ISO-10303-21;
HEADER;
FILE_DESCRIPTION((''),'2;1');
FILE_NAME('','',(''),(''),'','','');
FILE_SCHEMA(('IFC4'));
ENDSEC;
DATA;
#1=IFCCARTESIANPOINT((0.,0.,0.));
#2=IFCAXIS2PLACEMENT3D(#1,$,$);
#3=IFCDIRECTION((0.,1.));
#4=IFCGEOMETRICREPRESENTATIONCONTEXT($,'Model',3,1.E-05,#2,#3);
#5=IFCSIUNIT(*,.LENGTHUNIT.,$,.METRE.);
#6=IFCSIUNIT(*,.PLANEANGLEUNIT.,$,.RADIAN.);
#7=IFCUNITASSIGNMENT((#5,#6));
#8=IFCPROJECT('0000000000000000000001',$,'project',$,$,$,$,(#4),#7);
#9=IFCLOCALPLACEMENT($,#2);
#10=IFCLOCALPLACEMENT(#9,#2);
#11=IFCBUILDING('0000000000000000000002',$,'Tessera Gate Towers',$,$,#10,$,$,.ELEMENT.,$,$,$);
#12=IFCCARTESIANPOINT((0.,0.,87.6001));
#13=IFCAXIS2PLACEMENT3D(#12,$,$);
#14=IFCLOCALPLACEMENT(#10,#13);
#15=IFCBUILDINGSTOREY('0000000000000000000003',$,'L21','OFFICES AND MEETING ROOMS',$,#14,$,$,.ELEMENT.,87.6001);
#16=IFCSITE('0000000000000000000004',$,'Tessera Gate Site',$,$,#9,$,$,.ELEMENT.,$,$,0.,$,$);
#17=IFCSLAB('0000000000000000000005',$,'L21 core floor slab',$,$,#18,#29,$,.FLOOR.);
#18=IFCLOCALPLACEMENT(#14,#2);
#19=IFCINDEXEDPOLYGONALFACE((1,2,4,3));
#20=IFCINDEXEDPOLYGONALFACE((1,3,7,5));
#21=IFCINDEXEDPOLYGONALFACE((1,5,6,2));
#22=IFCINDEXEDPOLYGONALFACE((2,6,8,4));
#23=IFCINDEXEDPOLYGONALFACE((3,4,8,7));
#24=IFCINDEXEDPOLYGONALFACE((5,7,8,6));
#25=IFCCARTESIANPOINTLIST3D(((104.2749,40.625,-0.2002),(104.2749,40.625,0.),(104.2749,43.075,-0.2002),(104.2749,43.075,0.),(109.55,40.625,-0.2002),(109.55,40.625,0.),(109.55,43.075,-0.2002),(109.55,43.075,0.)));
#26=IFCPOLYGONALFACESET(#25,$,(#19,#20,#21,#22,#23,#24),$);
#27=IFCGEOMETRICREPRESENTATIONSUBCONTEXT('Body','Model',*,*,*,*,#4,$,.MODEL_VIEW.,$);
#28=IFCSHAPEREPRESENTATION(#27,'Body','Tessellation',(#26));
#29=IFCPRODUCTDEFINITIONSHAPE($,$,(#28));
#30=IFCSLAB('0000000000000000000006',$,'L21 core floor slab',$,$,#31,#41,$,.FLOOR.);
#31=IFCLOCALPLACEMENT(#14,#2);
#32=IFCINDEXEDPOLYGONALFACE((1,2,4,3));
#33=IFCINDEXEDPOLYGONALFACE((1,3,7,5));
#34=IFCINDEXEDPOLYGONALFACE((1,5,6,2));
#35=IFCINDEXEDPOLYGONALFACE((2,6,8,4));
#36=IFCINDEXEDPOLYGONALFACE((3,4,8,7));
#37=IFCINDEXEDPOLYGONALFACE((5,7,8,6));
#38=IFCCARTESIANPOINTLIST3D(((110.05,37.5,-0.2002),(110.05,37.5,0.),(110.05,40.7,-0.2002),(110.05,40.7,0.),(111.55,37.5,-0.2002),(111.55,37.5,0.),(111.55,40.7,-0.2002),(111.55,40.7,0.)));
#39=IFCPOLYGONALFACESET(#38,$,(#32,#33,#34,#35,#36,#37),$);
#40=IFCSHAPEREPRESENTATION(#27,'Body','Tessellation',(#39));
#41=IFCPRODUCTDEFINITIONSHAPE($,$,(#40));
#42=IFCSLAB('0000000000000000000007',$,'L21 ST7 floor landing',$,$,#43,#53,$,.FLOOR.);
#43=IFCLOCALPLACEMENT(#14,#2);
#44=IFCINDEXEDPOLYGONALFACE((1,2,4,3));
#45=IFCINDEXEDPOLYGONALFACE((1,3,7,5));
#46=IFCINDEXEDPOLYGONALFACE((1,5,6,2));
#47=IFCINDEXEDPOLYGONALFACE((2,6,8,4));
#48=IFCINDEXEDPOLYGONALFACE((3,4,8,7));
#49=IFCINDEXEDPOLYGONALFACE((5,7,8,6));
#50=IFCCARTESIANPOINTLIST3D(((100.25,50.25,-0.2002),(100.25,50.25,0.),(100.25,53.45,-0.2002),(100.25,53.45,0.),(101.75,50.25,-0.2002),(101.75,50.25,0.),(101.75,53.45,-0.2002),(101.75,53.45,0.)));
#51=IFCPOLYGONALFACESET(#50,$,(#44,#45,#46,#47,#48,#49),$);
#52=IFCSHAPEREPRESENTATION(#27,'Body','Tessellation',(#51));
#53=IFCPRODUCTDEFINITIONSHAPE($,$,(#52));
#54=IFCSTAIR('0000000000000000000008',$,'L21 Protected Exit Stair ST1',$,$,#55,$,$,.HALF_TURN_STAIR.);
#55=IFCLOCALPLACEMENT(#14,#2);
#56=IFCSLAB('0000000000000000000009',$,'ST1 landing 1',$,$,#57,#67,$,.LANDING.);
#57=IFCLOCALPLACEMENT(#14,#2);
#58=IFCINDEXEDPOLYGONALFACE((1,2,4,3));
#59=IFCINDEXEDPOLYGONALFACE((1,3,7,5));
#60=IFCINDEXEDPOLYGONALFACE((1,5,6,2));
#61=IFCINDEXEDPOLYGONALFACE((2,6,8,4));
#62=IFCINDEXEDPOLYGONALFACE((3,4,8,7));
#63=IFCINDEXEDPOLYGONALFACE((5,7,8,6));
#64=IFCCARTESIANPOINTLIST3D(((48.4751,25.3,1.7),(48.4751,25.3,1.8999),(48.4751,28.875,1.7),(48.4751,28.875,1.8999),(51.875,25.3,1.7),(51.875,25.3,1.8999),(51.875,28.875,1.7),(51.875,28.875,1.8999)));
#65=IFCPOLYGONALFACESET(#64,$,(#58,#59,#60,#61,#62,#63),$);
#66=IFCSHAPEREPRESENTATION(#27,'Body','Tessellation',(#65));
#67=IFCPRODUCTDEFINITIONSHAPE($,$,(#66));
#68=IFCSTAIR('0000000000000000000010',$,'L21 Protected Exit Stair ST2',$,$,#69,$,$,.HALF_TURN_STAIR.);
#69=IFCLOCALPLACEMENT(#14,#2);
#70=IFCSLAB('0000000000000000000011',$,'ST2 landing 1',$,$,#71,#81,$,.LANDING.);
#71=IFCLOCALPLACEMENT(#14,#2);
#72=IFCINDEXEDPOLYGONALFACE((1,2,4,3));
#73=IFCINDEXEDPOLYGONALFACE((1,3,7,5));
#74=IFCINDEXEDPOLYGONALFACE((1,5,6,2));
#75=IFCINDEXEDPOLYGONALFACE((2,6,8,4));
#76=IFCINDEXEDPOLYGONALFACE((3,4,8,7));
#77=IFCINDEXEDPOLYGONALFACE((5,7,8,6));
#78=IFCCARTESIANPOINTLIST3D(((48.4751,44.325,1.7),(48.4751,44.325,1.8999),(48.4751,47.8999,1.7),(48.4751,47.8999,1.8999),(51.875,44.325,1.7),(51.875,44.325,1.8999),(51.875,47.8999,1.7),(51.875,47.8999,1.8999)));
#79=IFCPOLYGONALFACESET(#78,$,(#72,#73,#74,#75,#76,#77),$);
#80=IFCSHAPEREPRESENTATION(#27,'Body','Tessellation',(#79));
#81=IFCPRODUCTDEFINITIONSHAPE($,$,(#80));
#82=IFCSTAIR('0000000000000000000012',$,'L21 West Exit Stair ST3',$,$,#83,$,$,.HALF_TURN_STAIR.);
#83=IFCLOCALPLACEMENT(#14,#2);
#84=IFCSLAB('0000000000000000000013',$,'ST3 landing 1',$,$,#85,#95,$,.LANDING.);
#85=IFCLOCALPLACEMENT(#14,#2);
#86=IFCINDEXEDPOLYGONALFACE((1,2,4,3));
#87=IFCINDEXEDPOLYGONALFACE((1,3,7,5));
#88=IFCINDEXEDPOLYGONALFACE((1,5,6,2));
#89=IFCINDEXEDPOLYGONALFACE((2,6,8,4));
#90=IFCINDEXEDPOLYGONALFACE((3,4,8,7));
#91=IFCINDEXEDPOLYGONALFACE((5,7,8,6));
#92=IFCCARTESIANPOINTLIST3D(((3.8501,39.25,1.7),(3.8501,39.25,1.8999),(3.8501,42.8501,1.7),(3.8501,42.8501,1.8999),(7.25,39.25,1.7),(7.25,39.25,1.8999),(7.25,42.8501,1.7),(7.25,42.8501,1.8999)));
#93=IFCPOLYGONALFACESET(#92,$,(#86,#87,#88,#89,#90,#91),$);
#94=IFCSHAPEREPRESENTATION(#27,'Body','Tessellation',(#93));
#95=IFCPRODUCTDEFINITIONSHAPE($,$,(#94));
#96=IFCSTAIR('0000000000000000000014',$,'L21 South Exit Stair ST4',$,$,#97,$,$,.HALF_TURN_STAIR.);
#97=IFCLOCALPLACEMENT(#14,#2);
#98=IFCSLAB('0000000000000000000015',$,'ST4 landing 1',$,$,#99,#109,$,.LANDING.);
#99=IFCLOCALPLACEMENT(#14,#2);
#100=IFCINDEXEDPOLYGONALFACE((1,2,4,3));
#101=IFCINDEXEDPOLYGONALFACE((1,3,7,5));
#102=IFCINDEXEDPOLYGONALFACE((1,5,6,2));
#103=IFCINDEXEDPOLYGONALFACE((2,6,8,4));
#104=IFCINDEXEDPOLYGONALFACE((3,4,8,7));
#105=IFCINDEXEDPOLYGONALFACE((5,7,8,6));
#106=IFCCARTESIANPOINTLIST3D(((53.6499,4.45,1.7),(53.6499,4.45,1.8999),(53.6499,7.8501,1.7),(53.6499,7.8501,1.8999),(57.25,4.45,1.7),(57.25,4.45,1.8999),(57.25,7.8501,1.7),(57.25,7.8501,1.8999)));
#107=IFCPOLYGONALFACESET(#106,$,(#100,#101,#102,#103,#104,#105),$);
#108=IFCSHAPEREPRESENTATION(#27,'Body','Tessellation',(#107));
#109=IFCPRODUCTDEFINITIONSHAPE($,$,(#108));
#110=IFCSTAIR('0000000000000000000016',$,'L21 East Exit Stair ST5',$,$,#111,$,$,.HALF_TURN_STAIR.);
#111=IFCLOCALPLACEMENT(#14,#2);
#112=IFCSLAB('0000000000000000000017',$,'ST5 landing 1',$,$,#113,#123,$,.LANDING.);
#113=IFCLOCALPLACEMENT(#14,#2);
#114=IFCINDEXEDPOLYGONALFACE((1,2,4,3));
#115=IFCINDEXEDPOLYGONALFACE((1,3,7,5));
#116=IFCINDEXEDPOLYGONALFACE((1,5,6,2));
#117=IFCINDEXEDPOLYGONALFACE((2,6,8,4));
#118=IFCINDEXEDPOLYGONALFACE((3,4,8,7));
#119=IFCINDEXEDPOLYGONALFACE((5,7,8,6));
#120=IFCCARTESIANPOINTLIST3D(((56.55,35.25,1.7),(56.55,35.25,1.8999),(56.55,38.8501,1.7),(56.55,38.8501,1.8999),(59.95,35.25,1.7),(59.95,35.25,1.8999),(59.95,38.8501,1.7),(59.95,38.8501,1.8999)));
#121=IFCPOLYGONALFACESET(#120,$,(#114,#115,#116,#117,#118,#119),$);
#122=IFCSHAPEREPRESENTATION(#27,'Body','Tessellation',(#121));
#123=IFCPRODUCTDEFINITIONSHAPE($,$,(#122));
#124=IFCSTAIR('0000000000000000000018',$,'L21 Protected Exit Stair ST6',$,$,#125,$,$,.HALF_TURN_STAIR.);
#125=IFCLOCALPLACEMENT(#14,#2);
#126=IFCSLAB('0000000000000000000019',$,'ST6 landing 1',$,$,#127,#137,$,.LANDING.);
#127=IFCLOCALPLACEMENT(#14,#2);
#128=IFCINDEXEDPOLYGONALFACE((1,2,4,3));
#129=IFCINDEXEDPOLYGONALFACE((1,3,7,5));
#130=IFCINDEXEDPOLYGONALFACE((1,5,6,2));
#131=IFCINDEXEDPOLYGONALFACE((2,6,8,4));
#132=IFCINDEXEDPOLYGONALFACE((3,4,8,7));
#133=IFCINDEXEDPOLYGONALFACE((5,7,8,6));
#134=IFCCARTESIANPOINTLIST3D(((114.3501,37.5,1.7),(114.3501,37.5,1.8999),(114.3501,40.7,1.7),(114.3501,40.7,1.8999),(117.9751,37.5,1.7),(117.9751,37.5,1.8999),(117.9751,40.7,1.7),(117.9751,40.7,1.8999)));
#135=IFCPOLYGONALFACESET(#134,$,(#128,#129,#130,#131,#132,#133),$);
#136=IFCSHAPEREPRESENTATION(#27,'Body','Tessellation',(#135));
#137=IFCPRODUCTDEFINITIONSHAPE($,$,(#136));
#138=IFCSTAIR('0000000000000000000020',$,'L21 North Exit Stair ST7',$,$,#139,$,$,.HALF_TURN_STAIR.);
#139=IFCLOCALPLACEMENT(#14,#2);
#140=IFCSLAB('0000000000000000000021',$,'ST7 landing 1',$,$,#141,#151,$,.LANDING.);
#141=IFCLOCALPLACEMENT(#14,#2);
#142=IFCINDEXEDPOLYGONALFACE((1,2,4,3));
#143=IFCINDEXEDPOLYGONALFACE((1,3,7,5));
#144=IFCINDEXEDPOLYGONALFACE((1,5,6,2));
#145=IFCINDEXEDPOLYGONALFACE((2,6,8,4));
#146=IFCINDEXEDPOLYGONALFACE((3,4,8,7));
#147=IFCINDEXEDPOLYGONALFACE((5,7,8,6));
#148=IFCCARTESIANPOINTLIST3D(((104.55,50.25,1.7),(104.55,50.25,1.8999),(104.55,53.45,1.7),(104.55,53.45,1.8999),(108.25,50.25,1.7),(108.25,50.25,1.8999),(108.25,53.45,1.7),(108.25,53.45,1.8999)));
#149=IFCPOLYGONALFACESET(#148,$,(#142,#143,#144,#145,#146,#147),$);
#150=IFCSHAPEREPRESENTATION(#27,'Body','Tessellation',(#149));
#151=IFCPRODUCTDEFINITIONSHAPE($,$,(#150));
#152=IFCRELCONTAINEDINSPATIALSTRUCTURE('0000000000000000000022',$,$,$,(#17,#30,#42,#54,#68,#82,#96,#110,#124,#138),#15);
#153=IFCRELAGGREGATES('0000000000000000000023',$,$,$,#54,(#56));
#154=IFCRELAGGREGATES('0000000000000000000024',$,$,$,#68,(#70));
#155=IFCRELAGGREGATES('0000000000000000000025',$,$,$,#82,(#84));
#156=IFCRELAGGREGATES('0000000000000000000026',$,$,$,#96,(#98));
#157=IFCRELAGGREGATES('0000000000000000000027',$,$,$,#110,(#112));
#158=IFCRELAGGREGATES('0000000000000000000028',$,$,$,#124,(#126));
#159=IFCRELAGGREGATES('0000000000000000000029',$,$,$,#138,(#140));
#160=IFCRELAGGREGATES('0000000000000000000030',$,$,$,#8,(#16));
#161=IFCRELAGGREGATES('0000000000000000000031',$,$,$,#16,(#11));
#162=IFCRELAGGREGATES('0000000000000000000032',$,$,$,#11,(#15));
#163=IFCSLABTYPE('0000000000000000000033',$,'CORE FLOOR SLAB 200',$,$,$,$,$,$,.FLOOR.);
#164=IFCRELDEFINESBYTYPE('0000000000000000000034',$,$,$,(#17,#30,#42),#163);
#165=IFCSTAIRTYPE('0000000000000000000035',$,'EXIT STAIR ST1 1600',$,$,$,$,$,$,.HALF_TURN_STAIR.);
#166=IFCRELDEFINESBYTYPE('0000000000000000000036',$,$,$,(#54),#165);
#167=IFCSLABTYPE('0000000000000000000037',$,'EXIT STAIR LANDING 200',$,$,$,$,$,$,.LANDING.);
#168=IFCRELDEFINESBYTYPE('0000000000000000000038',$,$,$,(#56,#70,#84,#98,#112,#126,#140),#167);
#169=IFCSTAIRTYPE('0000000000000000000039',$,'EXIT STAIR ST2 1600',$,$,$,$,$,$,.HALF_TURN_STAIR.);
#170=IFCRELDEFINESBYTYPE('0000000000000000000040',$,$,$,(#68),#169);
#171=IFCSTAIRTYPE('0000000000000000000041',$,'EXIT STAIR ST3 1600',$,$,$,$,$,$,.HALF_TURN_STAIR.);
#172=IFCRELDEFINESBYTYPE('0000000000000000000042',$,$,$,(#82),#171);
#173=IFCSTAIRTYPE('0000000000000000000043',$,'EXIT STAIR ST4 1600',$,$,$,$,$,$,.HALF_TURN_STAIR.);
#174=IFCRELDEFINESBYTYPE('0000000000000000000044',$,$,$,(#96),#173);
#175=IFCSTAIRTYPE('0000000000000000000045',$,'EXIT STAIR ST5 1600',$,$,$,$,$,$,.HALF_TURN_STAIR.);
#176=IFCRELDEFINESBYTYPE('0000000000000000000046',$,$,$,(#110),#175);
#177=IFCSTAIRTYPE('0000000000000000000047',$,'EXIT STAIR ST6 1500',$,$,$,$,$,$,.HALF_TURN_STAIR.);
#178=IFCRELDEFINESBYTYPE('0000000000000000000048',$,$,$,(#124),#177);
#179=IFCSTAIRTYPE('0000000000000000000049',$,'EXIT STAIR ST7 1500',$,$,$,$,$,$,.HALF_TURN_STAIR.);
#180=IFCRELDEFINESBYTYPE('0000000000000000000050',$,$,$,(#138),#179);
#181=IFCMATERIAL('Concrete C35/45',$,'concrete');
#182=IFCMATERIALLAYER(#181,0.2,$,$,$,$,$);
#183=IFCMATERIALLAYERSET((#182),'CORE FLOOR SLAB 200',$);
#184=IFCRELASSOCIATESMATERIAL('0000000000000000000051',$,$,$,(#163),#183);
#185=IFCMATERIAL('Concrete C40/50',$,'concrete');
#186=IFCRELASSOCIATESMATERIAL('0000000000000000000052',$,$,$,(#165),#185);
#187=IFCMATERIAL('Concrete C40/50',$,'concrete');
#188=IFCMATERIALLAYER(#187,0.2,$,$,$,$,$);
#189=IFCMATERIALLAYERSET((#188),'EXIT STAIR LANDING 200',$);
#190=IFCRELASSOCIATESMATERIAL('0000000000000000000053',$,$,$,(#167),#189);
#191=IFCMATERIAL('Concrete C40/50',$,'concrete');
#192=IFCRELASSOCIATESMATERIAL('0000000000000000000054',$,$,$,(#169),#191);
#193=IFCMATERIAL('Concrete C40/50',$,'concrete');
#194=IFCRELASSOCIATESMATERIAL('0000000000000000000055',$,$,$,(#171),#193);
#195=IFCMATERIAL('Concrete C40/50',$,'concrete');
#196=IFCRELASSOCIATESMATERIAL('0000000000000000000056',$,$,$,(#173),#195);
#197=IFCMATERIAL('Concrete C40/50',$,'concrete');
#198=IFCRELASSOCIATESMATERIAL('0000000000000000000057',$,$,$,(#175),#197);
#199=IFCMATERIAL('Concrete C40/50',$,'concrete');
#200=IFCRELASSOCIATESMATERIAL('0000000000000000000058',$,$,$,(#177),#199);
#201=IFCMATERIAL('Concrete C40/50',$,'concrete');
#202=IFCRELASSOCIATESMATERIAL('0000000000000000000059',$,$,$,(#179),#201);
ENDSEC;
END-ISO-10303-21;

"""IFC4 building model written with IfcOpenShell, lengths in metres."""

from ifc_helpers import new_model, si_unit, direction, frame, origin, place, context, subcontext, project, spatial, polyline, outline, extrude, material, layer, layer_set, type_object, element, aggregate, save


model = new_model("IFC4")

# Units and contexts
model_context = context("Model", 3, precision=1e-05, world=origin(), true_north=direction((0.0, 1.0)))
body_context = subcontext(model_context, "Body", "Model", "MODEL_VIEW")
ifc_project = project(units=[si_unit("LENGTHUNIT", "METRE"), si_unit("PLANEANGLEUNIT", "RADIAN")], contexts=[model_context])

# Site, building, storey
site_placement = place(None, origin())
site = spatial("IfcSite", under=ifc_project, at=site_placement, Name="Tessera Gate Site", CompositionType="ELEMENT", RefElevation=0.0)
building_placement = place(site_placement, origin())
building = spatial("IfcBuilding", under=site, at=building_placement, Name="Tessera Gate Towers", CompositionType="ELEMENT")
storey_placement = place(building_placement, frame((0.0, 0.0, 87.6001)))
storey = spatial("IfcBuildingStorey", under=building, at=storey_placement, Name="L21", Description="OFFICES AND MEETING ROOMS", CompositionType="ELEMENT", Elevation=87.6001)

# Slabs
ifc_material_1 = material(Name="Concrete C35/45", Category="concrete")
ifc_layer_1 = layer(ifc_material_1, 0.2)
ifc_layer_set_1 = layer_set([ifc_layer_1], Name="CORE FLOOR SLAB 200")
slab_type_1 = type_object("IfcSlabType", Name="CORE FLOOR SLAB 200", PredefinedType="FLOOR", material=ifc_layer_set_1)
slab_1_placement = place(storey_placement, frame((0.0, 0.0, -0.2002)))
element("IfcSlab", 1, at=slab_1_placement, inside=storey, type_object=slab_type_1, Name="L21 core floor slab", PredefinedType="FLOOR", context=body_context, shape_type="SweptSolid", body=[
    extrude(outline(polyline([(109.55, 43.075), (104.2749, 43.075), (104.2749, 40.625), (109.55, 40.625), (109.55, 43.075)])), origin(), (0.0, 0.0, 1.0), 0.2002),
])
slab_2_placement = place(storey_placement, frame((0.0, 0.0, -0.2002)))
element("IfcSlab", 2, at=slab_2_placement, inside=storey, type_object=slab_type_1, Name="L21 core floor slab", PredefinedType="FLOOR", context=body_context, shape_type="SweptSolid", body=[
    extrude(outline(polyline([(111.55, 37.5), (111.55, 40.7), (110.05, 40.7), (110.05, 37.5), (111.55, 37.5)])), origin(), (0.0, 0.0, 1.0), 0.2002),
])
slab_3_placement = place(storey_placement, frame((0.0, 0.0, -0.2002)))
element("IfcSlab", 3, at=slab_3_placement, inside=storey, type_object=slab_type_1, Name="L21 ST7 floor landing", PredefinedType="FLOOR", context=body_context, shape_type="SweptSolid", body=[
    extrude(outline(polyline([(100.25, 50.25), (101.75, 50.25), (101.75, 53.45), (100.25, 53.45), (100.25, 50.25)])), origin(), (0.0, 0.0, 1.0), 0.2002),
])

# Stairs, slabs
ifc_material_2 = material(Name="Concrete C40/50", Category="concrete")
stair_type_1 = type_object("IfcStairType", Name="EXIT STAIR ST1 1600", PredefinedType="HALF_TURN_STAIR", material=ifc_material_2)
stair_1_placement = place(storey_placement, origin())
stair_1 = element("IfcStair", 4, at=stair_1_placement, inside=storey, type_object=stair_type_1, Name="L21 Protected Exit Stair ST1", PredefinedType="HALF_TURN_STAIR")
ifc_material_3 = material(Name="Concrete C40/50", Category="concrete")
ifc_layer_2 = layer(ifc_material_3, 0.2)
ifc_layer_set_2 = layer_set([ifc_layer_2], Name="EXIT STAIR LANDING 200")
slab_type_2 = type_object("IfcSlabType", Name="EXIT STAIR LANDING 200", PredefinedType="LANDING", material=ifc_layer_set_2)
slab_4_placement = place(storey_placement, frame((0.0, 0.0, 1.7)))
slab_4 = element("IfcSlab", 5, at=slab_4_placement, type_object=slab_type_2, Name="ST1 landing 1", PredefinedType="LANDING", context=body_context, shape_type="SweptSolid", body=[
    extrude(outline(polyline([(48.4751, 28.875), (48.4751, 25.3), (51.875, 25.3), (51.875, 28.875), (48.4751, 28.875)])), origin(), (0.0, 0.0, 1.0), 0.2),
])
aggregate(stair_1, [slab_4])
ifc_material_4 = material(Name="Concrete C40/50", Category="concrete")
stair_type_2 = type_object("IfcStairType", Name="EXIT STAIR ST2 1600", PredefinedType="HALF_TURN_STAIR", material=ifc_material_4)
stair_2_placement = place(storey_placement, origin())
stair_2 = element("IfcStair", 6, at=stair_2_placement, inside=storey, type_object=stair_type_2, Name="L21 Protected Exit Stair ST2", PredefinedType="HALF_TURN_STAIR")
slab_5_placement = place(storey_placement, frame((0.0, 0.0, 1.7)))
slab_5 = element("IfcSlab", 7, at=slab_5_placement, type_object=slab_type_2, Name="ST2 landing 1", PredefinedType="LANDING", context=body_context, shape_type="SweptSolid", body=[
    extrude(outline(polyline([(51.875, 44.325), (51.875, 47.8999), (48.4751, 47.8999), (48.4751, 44.325), (51.875, 44.325)])), origin(), (0.0, 0.0, 1.0), 0.2),
])
aggregate(stair_2, [slab_5])
ifc_material_5 = material(Name="Concrete C40/50", Category="concrete")
stair_type_3 = type_object("IfcStairType", Name="EXIT STAIR ST3 1600", PredefinedType="HALF_TURN_STAIR", material=ifc_material_5)
stair_3_placement = place(storey_placement, origin())
stair_3 = element("IfcStair", 8, at=stair_3_placement, inside=storey, type_object=stair_type_3, Name="L21 West Exit Stair ST3", PredefinedType="HALF_TURN_STAIR")
slab_6_placement = place(storey_placement, frame((0.0, 0.0, 1.7)))
slab_6 = element("IfcSlab", 9, at=slab_6_placement, type_object=slab_type_2, Name="ST3 landing 1", PredefinedType="LANDING", context=body_context, shape_type="SweptSolid", body=[
    extrude(outline(polyline([(3.8501, 42.8501), (3.8501, 39.25), (7.25, 39.25), (7.25, 42.8501), (3.8501, 42.8501)])), origin(), (0.0, 0.0, 1.0), 0.2),
])
aggregate(stair_3, [slab_6])
ifc_material_6 = material(Name="Concrete C40/50", Category="concrete")
stair_type_4 = type_object("IfcStairType", Name="EXIT STAIR ST4 1600", PredefinedType="HALF_TURN_STAIR", material=ifc_material_6)
stair_4_placement = place(storey_placement, origin())
stair_4 = element("IfcStair", 10, at=stair_4_placement, inside=storey, type_object=stair_type_4, Name="L21 South Exit Stair ST4", PredefinedType="HALF_TURN_STAIR")
slab_7_placement = place(storey_placement, frame((0.0, 0.0, 1.7)))
slab_7 = element("IfcSlab", 11, at=slab_7_placement, type_object=slab_type_2, Name="ST4 landing 1", PredefinedType="LANDING", context=body_context, shape_type="SweptSolid", body=[
    extrude(outline(polyline([(53.6499, 4.45), (57.25, 4.45), (57.25, 7.8501), (53.6499, 7.8501), (53.6499, 4.45)])), origin(), (0.0, 0.0, 1.0), 0.2),
])
aggregate(stair_4, [slab_7])
ifc_material_7 = material(Name="Concrete C40/50", Category="concrete")
stair_type_5 = type_object("IfcStairType", Name="EXIT STAIR ST5 1600", PredefinedType="HALF_TURN_STAIR", material=ifc_material_7)
stair_5_placement = place(storey_placement, origin())
stair_5 = element("IfcStair", 12, at=stair_5_placement, inside=storey, type_object=stair_type_5, Name="L21 East Exit Stair ST5", PredefinedType="HALF_TURN_STAIR")
slab_8_placement = place(storey_placement, frame((0.0, 0.0, 1.7)))
slab_8 = element("IfcSlab", 13, at=slab_8_placement, type_object=slab_type_2, Name="ST5 landing 1", PredefinedType="LANDING", context=body_context, shape_type="SweptSolid", body=[
    extrude(outline(polyline([(59.95, 35.25), (59.95, 38.8501), (56.55, 38.8501), (56.55, 35.25), (59.95, 35.25)])), origin(), (0.0, 0.0, 1.0), 0.2),
])
aggregate(stair_5, [slab_8])
ifc_material_8 = material(Name="Concrete C40/50", Category="concrete")
stair_type_6 = type_object("IfcStairType", Name="EXIT STAIR ST6 1500", PredefinedType="HALF_TURN_STAIR", material=ifc_material_8)
stair_6_placement = place(storey_placement, origin())
stair_6 = element("IfcStair", 14, at=stair_6_placement, inside=storey, type_object=stair_type_6, Name="L21 Protected Exit Stair ST6", PredefinedType="HALF_TURN_STAIR")
slab_9_placement = place(storey_placement, frame((0.0, 0.0, 1.7)))
slab_9 = element("IfcSlab", 15, at=slab_9_placement, type_object=slab_type_2, Name="ST6 landing 1", PredefinedType="LANDING", context=body_context, shape_type="SweptSolid", body=[
    extrude(outline(polyline([(114.3501, 37.5), (117.9751, 37.5), (117.9751, 40.7), (114.3501, 40.7), (114.3501, 37.5)])), origin(), (0.0, 0.0, 1.0), 0.2),
])
aggregate(stair_6, [slab_9])
ifc_material_9 = material(Name="Concrete C40/50", Category="concrete")
stair_type_7 = type_object("IfcStairType", Name="EXIT STAIR ST7 1500", PredefinedType="HALF_TURN_STAIR", material=ifc_material_9)
stair_7_placement = place(storey_placement, origin())
stair_7 = element("IfcStair", 16, at=stair_7_placement, inside=storey, type_object=stair_type_7, Name="L21 North Exit Stair ST7", PredefinedType="HALF_TURN_STAIR")
slab_10_placement = place(storey_placement, frame((0.0, 0.0, 1.7)))
slab_10 = element("IfcSlab", 17, at=slab_10_placement, type_object=slab_type_2, Name="ST7 landing 1", PredefinedType="LANDING", context=body_context, shape_type="SweptSolid", body=[
    extrude(outline(polyline([(104.55, 50.25), (108.25, 50.25), (108.25, 53.45), (104.55, 53.45), (104.55, 50.25)])), origin(), (0.0, 0.0, 1.0), 0.2),
])
aggregate(stair_7, [slab_10])

save(model, "model.ifc")
